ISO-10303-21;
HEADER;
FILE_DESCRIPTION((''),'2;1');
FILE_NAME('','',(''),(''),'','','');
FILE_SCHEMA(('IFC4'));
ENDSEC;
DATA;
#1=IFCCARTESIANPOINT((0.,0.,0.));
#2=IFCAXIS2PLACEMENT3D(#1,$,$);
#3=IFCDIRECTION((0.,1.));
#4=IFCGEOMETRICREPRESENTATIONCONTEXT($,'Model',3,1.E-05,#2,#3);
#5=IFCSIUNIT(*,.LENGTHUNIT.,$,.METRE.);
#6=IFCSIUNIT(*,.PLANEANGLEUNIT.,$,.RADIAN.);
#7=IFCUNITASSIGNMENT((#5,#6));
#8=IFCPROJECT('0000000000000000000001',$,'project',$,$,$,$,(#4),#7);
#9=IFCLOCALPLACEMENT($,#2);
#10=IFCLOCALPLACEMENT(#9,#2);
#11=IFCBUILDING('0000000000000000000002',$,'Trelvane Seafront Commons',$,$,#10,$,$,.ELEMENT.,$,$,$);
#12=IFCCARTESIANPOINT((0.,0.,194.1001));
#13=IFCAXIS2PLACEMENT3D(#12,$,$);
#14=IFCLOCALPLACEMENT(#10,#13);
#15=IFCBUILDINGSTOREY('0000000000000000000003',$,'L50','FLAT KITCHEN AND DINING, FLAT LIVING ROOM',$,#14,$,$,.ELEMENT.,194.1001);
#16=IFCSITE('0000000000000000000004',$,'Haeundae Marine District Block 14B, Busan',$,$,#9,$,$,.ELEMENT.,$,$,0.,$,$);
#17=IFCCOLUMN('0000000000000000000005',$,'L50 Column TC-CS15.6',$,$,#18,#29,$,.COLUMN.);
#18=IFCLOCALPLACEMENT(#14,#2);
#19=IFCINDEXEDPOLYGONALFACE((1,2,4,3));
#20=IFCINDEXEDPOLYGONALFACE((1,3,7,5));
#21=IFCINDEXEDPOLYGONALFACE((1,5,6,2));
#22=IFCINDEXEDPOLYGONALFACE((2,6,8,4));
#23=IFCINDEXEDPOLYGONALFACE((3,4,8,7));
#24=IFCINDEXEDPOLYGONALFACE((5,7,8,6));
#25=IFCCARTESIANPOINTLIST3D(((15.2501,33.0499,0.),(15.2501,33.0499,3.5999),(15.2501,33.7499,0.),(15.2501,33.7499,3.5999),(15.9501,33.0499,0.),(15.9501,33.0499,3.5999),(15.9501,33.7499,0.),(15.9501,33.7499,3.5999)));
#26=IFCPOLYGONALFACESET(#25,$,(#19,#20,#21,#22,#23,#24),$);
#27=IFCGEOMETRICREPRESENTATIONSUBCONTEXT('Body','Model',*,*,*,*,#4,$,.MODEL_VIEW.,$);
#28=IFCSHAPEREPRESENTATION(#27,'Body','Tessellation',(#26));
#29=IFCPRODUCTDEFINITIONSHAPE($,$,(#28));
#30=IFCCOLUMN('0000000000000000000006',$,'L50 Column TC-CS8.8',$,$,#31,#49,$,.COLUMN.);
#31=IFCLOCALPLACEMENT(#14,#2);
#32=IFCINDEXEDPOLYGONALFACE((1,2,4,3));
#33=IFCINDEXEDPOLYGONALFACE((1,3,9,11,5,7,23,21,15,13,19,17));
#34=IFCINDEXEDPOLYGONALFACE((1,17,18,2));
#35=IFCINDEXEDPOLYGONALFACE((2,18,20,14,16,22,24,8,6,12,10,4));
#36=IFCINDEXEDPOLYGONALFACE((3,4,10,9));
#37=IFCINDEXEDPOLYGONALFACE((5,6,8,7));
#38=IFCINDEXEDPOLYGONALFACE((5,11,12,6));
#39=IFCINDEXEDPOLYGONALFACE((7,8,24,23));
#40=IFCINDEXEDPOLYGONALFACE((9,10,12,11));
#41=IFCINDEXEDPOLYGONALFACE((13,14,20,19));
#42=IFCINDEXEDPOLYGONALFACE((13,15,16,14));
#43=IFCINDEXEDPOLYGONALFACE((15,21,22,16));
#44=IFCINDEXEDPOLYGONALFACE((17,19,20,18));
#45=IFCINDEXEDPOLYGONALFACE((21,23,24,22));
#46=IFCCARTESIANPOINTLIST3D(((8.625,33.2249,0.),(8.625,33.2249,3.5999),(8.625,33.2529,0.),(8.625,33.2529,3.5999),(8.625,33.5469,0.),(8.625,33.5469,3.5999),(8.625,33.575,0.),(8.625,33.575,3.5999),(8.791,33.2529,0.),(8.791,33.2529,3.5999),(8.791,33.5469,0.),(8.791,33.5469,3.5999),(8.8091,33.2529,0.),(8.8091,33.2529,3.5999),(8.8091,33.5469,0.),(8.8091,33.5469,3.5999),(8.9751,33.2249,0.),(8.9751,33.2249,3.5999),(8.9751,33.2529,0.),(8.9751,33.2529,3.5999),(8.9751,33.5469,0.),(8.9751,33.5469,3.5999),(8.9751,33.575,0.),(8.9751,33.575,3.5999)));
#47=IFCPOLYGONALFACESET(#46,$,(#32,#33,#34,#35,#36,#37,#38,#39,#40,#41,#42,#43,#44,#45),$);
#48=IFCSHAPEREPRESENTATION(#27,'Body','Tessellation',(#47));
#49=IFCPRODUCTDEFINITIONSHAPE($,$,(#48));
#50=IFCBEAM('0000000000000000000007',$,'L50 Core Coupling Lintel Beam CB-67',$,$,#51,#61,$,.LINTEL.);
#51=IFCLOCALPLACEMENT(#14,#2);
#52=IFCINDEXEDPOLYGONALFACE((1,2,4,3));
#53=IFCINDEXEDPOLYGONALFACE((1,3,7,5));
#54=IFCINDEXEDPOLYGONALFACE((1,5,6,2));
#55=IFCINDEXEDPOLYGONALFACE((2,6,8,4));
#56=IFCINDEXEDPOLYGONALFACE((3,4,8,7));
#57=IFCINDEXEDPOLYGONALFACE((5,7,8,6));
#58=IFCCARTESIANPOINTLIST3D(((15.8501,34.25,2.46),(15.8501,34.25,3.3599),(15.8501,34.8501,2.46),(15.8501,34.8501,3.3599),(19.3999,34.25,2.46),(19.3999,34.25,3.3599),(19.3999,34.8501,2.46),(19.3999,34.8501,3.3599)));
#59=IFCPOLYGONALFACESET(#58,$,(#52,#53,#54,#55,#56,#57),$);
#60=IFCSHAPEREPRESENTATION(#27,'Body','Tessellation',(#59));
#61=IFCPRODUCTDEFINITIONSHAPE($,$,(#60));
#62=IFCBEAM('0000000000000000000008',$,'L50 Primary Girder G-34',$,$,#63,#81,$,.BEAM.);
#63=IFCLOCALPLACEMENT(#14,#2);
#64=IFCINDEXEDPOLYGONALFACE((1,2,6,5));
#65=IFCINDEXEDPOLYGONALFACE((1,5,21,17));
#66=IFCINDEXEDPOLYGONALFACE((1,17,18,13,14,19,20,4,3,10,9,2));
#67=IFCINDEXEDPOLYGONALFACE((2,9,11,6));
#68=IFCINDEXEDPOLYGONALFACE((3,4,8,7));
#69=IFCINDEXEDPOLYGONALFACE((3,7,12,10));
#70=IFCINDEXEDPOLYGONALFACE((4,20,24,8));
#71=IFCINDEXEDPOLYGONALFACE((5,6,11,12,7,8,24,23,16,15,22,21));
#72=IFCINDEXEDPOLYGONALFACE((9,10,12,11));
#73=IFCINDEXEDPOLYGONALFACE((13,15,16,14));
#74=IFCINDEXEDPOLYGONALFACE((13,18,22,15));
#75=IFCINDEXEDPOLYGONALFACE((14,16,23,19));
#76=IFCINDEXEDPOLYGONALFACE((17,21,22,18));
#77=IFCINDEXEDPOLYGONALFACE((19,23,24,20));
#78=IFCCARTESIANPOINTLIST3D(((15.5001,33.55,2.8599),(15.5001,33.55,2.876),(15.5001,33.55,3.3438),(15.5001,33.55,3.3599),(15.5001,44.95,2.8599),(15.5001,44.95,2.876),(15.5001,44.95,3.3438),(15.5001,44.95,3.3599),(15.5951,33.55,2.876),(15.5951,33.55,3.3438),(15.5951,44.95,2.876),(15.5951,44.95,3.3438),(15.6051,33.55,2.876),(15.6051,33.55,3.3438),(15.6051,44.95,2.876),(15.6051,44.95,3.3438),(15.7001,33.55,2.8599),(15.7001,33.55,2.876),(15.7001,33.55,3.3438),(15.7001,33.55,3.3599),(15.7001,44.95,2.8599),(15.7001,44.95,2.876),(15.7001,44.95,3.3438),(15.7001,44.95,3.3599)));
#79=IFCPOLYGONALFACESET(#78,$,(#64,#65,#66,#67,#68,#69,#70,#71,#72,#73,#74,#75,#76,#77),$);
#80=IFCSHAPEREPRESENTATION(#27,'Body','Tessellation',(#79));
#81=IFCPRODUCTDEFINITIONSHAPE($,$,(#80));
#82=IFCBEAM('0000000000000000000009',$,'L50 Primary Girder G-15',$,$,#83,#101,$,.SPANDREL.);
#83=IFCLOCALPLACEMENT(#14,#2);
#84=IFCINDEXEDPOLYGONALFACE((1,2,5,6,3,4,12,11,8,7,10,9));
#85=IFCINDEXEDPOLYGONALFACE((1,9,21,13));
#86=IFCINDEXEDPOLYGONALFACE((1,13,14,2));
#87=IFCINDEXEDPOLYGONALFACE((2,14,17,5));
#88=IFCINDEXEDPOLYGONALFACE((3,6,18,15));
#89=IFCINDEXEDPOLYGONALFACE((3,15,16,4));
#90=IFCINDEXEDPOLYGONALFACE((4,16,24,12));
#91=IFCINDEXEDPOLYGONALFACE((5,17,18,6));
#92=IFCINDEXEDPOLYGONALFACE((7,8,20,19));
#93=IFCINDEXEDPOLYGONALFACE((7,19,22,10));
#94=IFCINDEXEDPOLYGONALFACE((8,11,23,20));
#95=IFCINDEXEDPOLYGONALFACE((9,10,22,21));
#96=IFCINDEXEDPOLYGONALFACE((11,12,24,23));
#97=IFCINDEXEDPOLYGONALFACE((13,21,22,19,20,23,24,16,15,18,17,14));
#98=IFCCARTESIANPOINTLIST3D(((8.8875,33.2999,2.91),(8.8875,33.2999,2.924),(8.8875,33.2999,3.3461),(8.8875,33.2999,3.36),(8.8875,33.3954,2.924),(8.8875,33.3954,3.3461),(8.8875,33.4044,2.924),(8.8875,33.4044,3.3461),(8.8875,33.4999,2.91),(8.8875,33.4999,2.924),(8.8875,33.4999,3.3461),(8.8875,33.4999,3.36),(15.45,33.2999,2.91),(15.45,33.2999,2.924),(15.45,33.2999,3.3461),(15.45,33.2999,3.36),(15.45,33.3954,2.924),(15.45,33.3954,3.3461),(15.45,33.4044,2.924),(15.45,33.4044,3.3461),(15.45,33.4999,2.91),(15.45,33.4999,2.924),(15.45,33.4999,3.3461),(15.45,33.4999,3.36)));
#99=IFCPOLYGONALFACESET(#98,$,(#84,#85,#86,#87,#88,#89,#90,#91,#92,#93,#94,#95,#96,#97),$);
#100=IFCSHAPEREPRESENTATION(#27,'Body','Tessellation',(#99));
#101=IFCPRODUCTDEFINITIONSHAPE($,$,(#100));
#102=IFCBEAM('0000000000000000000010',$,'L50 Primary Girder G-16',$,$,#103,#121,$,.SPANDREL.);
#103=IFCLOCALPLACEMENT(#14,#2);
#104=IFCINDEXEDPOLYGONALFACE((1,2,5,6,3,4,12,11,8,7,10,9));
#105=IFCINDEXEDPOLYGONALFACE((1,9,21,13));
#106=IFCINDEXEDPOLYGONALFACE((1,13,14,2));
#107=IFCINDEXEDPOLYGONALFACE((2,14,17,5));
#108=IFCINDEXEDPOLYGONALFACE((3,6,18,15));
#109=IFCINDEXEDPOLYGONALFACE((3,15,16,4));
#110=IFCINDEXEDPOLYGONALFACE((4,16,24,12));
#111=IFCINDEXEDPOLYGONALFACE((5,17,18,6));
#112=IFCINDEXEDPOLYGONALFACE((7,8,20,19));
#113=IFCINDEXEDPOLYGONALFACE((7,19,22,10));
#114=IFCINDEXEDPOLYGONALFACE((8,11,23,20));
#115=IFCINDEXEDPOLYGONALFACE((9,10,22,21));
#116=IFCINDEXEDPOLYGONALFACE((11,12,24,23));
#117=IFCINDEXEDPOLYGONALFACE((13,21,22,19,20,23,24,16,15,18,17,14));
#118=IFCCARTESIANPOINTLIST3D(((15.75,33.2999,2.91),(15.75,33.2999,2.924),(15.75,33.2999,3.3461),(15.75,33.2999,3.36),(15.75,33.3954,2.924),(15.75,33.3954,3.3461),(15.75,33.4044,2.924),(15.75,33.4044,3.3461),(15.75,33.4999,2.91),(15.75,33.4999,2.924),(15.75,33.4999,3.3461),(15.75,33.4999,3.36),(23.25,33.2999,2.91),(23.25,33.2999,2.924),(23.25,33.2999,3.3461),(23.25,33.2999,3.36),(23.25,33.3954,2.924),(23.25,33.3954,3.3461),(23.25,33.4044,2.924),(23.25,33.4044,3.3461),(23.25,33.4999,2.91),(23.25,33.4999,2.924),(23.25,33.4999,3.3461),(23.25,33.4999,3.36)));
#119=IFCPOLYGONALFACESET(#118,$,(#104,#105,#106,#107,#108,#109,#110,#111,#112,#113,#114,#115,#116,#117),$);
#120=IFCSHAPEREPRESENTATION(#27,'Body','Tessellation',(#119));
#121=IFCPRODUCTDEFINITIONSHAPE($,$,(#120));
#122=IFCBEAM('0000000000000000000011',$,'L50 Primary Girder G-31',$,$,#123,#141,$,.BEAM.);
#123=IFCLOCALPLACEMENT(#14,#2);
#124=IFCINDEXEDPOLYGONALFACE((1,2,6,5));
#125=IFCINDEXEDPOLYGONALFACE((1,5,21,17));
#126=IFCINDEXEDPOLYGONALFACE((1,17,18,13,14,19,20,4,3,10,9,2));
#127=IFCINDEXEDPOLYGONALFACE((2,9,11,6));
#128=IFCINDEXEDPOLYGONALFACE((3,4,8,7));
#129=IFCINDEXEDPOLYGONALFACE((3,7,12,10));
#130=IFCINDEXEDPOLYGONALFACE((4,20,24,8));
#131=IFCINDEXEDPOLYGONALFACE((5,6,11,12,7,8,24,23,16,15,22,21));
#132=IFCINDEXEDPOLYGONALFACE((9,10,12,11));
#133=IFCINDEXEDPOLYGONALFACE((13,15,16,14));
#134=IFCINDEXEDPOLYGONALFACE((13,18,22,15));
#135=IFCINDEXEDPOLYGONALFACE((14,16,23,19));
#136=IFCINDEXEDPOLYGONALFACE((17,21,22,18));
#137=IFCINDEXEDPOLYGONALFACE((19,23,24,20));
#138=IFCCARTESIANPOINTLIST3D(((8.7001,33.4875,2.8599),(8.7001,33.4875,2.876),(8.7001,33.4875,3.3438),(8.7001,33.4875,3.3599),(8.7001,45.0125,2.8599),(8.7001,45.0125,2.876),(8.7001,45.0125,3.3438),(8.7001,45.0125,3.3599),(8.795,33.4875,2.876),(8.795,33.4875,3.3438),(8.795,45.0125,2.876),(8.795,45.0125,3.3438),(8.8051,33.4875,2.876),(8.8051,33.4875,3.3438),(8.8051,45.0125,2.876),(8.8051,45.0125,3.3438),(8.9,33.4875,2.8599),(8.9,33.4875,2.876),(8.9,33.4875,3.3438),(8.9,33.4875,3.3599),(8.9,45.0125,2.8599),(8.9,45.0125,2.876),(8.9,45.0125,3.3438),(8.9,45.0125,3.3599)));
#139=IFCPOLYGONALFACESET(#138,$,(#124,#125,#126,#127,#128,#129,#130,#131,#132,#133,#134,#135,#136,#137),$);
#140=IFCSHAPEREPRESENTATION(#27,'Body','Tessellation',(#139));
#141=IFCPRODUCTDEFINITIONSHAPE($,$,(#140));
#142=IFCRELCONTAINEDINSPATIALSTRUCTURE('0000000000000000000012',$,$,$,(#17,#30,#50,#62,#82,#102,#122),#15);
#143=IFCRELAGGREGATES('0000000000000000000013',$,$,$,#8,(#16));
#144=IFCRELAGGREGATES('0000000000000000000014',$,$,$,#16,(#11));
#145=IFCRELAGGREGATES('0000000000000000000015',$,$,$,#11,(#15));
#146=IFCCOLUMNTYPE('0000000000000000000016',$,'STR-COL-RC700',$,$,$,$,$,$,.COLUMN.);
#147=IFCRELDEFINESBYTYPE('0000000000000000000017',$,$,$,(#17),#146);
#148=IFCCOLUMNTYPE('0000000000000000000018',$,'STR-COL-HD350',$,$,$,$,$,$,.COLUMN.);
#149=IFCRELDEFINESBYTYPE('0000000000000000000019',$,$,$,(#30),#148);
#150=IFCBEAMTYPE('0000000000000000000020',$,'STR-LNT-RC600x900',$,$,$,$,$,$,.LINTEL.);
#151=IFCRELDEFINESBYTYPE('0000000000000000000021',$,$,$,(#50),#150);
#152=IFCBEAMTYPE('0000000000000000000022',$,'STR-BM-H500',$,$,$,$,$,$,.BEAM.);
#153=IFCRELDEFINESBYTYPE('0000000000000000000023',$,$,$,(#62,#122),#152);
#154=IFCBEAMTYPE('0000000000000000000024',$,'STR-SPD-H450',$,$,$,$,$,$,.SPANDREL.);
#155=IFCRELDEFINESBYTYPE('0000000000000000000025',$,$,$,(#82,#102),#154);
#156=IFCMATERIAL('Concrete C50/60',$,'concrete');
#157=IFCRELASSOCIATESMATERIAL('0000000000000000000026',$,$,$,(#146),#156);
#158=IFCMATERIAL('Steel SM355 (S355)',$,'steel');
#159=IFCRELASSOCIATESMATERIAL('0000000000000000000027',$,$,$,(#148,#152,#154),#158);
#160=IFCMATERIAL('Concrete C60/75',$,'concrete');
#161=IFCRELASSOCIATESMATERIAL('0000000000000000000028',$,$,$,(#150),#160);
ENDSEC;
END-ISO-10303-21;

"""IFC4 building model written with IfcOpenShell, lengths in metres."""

from ifc_helpers import new_model, si_unit, direction, frame, origin, origin_2d, place, context, subcontext, project, spatial, rectangle, i_section, extrude, source, transform, mapped, material, material_profile, profile_set, type_object, element, save


model = new_model("IFC4")

# Units and contexts
model_context = context("Model", 3, precision=1e-05, world=origin(), true_north=direction((0.0, 1.0)))
body_context = subcontext(model_context, "Body", "Model", "MODEL_VIEW")
ifc_project = project(units=[si_unit("LENGTHUNIT", "METRE"), si_unit("PLANEANGLEUNIT", "RADIAN")], contexts=[model_context])

# Site, building, storey
site_placement = place(None, origin())
site = spatial("IfcSite", under=ifc_project, at=site_placement, Name="Haeundae Marine District Block 14B, Busan", CompositionType="ELEMENT", RefElevation=0.0)
building_placement = place(site_placement, origin())
building = spatial("IfcBuilding", under=site, at=building_placement, Name="Trelvane Seafront Commons", CompositionType="ELEMENT")
storey_placement = place(building_placement, frame((0.0, 0.0, 194.1001)))
storey = spatial("IfcBuildingStorey", under=building, at=storey_placement, Name="L50", Description="FLAT KITCHEN AND DINING, FLAT LIVING ROOM", CompositionType="ELEMENT", Elevation=194.1001)

# Columns
ifc_material_1 = material(Name="Concrete C50/60", Category="concrete")
ifc_material_profile_1 = material_profile(ifc_material_1, rectangle(XDim=0.7, YDim=0.7, at=origin_2d()), Name="RC-700x700")
ifc_profile_set_1 = profile_set([ifc_material_profile_1], Name="Concrete C50/60")
column_type_1 = type_object("IfcColumnType", Name="STR-COL-RC700", PredefinedType="COLUMN", material=ifc_profile_set_1)
shared_shape_1 = source(origin(), body_context, "Body", "SweptSolid", [
    extrude(rectangle(XDim=0.7, YDim=0.7, at=origin_2d()), origin(), (0.0, 0.0, 1.0), 3.5999),
])
column_1_placement = place(storey_placement, frame((15.6001, 33.3999, 0.0), z_axis=(0.0, 0.0, 1.0), x_axis=(1.0, 0.0, 0.0)))
element("IfcColumn", 1, at=column_1_placement, inside=storey, type_object=column_type_1, Name="L50 Column TC-CS15.6", PredefinedType="COLUMN", context=body_context, shape_type="MappedRepresentation", body=[
    mapped(shared_shape_1, transform((0.0, 0.0, 0.0), x_axis=(1.0, 0.0, 0.0), y_axis=(0.0, 1.0, 0.0), z_axis=(0.0, 0.0, 1.0), scale=1.0)),
])
ifc_material_2 = material(Name="Steel SM355 (S355)", Category="steel")
ifc_material_profile_2 = material_profile(ifc_material_2, i_section(OverallWidth=0.3501, OverallDepth=0.3501, WebThickness=0.0181, FlangeThickness=0.0281, at=origin_2d()), Name="HD-350x350x18x28")
ifc_profile_set_2 = profile_set([ifc_material_profile_2], Name="Steel SM355 (S355)")
column_type_2 = type_object("IfcColumnType", Name="STR-COL-HD350", PredefinedType="COLUMN", material=ifc_profile_set_2)
shared_shape_2 = source(origin(), body_context, "Body", "SweptSolid", [
    extrude(i_section(OverallWidth=0.3501, OverallDepth=0.3501, WebThickness=0.0181, FlangeThickness=0.0281, at=origin_2d()), origin(), (0.0, 0.0, 1.0), 3.5999),
])
column_2_placement = place(storey_placement, frame((8.8, 33.3999, 0.0), z_axis=(0.0, 0.0, 1.0), x_axis=(1.0, 0.0, 0.0)))
element("IfcColumn", 2, at=column_2_placement, inside=storey, type_object=column_type_2, Name="L50 Column TC-CS8.8", PredefinedType="COLUMN", context=body_context, shape_type="MappedRepresentation", body=[
    mapped(shared_shape_2, transform((0.0, 0.0, 0.0), x_axis=(1.0, 0.0, 0.0), y_axis=(0.0, 1.0, 0.0), z_axis=(0.0, 0.0, 1.0), scale=1.0)),
])

# Beams
ifc_material_3 = material(Name="Concrete C60/75", Category="concrete")
ifc_material_profile_3 = material_profile(ifc_material_3, rectangle(XDim=0.6001, YDim=0.8999, at=origin_2d()), Name="RC-600x900")
ifc_profile_set_3 = profile_set([ifc_material_profile_3], Name="Concrete C60/75")
beam_type_1 = type_object("IfcBeamType", Name="STR-LNT-RC600x900", PredefinedType="LINTEL", material=ifc_profile_set_3)
shared_shape_3 = source(origin(), body_context, "Body", "SweptSolid", [
    extrude(rectangle(XDim=0.6001, YDim=0.8999, at=origin_2d()), origin(), (0.0, 0.0, 1.0), 3.5498),
])
beam_1_placement = place(storey_placement, frame((15.8501, 34.55, 2.9099), z_axis=(1.0, 0.0, 0.0), x_axis=(0.0, 1.0, 0.0)))
element("IfcBeam", 3, at=beam_1_placement, inside=storey, type_object=beam_type_1, Name="L50 Core Coupling Lintel Beam CB-67", PredefinedType="LINTEL", context=body_context, shape_type="MappedRepresentation", body=[
    mapped(shared_shape_3, transform((0.0, 0.0, 0.0), x_axis=(1.0, 0.0, 0.0), y_axis=(0.0, 1.0, 0.0), z_axis=(0.0, 0.0, 1.0), scale=1.0)),
])
ifc_material_profile_4 = material_profile(ifc_material_2, i_section(OverallWidth=0.2, OverallDepth=0.5, WebThickness=0.01, FlangeThickness=0.0161, at=origin_2d()), Name="H-500x200x10x16")
ifc_profile_set_4 = profile_set([ifc_material_profile_4], Name="Steel SM355 (S355)")
beam_type_2 = type_object("IfcBeamType", Name="STR-BM-H500", PredefinedType="BEAM", material=ifc_profile_set_4)
shared_shape_4 = source(origin(), body_context, "Body", "SweptSolid", [
    extrude(i_section(OverallWidth=0.2, OverallDepth=0.5, WebThickness=0.01, FlangeThickness=0.0161, at=origin_2d()), origin(), (0.0, 0.0, 1.0), 11.3999),
])
beam_2_placement = place(storey_placement, frame((15.6001, 33.55, 3.1099), z_axis=(0.0, 1.0, 0.0), x_axis=(-1.0, 0.0, 0.0)))
element("IfcBeam", 4, at=beam_2_placement, inside=storey, type_object=beam_type_2, Name="L50 Primary Girder G-34", PredefinedType="BEAM", context=body_context, shape_type="MappedRepresentation", body=[
    mapped(shared_shape_4, transform((0.0, 0.0, 0.0), x_axis=(1.0, 0.0, 0.0), y_axis=(0.0, 1.0, 0.0), z_axis=(0.0, 0.0, 1.0), scale=1.0)),
])
ifc_material_profile_5 = material_profile(ifc_material_2, i_section(OverallWidth=0.2, OverallDepth=0.45, WebThickness=0.009, FlangeThickness=0.0139, at=origin_2d()), Name="H-450x200x9x14")
ifc_profile_set_5 = profile_set([ifc_material_profile_5], Name="Steel SM355 (S355)")
beam_type_3 = type_object("IfcBeamType", Name="STR-SPD-H450", PredefinedType="SPANDREL", material=ifc_profile_set_5)
shared_shape_5 = source(origin(), body_context, "Body", "SweptSolid", [
    extrude(i_section(OverallWidth=0.2, OverallDepth=0.45, WebThickness=0.009, FlangeThickness=0.0139, at=origin_2d()), origin(), (0.0, 0.0, 1.0), 6.5625),
])
beam_3_placement = place(storey_placement, frame((8.8875, 33.3999, 3.135), z_axis=(1.0, 0.0, 0.0), x_axis=(0.0, 1.0, 0.0)))
element("IfcBeam", 5, at=beam_3_placement, inside=storey, type_object=beam_type_3, Name="L50 Primary Girder G-15", PredefinedType="SPANDREL", context=body_context, shape_type="MappedRepresentation", body=[
    mapped(shared_shape_5, transform((0.0, 0.0, 0.0), x_axis=(1.0, 0.0, 0.0), y_axis=(0.0, 1.0, 0.0), z_axis=(0.0, 0.0, 1.0), scale=1.0)),
])
shared_shape_6 = source(origin(), body_context, "Body", "SweptSolid", [
    extrude(i_section(OverallWidth=0.2, OverallDepth=0.45, WebThickness=0.009, FlangeThickness=0.0139, at=origin_2d()), origin(), (0.0, 0.0, 1.0), 7.5),
])
beam_4_placement = place(storey_placement, frame((15.75, 33.3999, 3.135), z_axis=(1.0, 0.0, 0.0), x_axis=(0.0, 1.0, 0.0)))
element("IfcBeam", 6, at=beam_4_placement, inside=storey, type_object=beam_type_3, Name="L50 Primary Girder G-16", PredefinedType="SPANDREL", context=body_context, shape_type="MappedRepresentation", body=[
    mapped(shared_shape_6, transform((0.0, 0.0, 0.0), x_axis=(1.0, 0.0, 0.0), y_axis=(0.0, 1.0, 0.0), z_axis=(0.0, 0.0, 1.0), scale=1.0)),
])
shared_shape_7 = source(origin(), body_context, "Body", "SweptSolid", [
    extrude(i_section(OverallWidth=0.2, OverallDepth=0.5, WebThickness=0.01, FlangeThickness=0.0161, at=origin_2d()), origin(), (0.0, 0.0, 1.0), 11.5249),
])
beam_5_placement = place(storey_placement, frame((8.8, 33.4875, 3.1099), z_axis=(0.0, 1.0, 0.0), x_axis=(-1.0, 0.0, 0.0)))
element("IfcBeam", 7, at=beam_5_placement, inside=storey, type_object=beam_type_2, Name="L50 Primary Girder G-31", PredefinedType="BEAM", context=body_context, shape_type="MappedRepresentation", body=[
    mapped(shared_shape_7, transform((0.0, 0.0, 0.0), x_axis=(1.0, 0.0, 0.0), y_axis=(0.0, 1.0, 0.0), z_axis=(0.0, 0.0, 1.0), scale=1.0)),
])

save(model, "model.ifc")
